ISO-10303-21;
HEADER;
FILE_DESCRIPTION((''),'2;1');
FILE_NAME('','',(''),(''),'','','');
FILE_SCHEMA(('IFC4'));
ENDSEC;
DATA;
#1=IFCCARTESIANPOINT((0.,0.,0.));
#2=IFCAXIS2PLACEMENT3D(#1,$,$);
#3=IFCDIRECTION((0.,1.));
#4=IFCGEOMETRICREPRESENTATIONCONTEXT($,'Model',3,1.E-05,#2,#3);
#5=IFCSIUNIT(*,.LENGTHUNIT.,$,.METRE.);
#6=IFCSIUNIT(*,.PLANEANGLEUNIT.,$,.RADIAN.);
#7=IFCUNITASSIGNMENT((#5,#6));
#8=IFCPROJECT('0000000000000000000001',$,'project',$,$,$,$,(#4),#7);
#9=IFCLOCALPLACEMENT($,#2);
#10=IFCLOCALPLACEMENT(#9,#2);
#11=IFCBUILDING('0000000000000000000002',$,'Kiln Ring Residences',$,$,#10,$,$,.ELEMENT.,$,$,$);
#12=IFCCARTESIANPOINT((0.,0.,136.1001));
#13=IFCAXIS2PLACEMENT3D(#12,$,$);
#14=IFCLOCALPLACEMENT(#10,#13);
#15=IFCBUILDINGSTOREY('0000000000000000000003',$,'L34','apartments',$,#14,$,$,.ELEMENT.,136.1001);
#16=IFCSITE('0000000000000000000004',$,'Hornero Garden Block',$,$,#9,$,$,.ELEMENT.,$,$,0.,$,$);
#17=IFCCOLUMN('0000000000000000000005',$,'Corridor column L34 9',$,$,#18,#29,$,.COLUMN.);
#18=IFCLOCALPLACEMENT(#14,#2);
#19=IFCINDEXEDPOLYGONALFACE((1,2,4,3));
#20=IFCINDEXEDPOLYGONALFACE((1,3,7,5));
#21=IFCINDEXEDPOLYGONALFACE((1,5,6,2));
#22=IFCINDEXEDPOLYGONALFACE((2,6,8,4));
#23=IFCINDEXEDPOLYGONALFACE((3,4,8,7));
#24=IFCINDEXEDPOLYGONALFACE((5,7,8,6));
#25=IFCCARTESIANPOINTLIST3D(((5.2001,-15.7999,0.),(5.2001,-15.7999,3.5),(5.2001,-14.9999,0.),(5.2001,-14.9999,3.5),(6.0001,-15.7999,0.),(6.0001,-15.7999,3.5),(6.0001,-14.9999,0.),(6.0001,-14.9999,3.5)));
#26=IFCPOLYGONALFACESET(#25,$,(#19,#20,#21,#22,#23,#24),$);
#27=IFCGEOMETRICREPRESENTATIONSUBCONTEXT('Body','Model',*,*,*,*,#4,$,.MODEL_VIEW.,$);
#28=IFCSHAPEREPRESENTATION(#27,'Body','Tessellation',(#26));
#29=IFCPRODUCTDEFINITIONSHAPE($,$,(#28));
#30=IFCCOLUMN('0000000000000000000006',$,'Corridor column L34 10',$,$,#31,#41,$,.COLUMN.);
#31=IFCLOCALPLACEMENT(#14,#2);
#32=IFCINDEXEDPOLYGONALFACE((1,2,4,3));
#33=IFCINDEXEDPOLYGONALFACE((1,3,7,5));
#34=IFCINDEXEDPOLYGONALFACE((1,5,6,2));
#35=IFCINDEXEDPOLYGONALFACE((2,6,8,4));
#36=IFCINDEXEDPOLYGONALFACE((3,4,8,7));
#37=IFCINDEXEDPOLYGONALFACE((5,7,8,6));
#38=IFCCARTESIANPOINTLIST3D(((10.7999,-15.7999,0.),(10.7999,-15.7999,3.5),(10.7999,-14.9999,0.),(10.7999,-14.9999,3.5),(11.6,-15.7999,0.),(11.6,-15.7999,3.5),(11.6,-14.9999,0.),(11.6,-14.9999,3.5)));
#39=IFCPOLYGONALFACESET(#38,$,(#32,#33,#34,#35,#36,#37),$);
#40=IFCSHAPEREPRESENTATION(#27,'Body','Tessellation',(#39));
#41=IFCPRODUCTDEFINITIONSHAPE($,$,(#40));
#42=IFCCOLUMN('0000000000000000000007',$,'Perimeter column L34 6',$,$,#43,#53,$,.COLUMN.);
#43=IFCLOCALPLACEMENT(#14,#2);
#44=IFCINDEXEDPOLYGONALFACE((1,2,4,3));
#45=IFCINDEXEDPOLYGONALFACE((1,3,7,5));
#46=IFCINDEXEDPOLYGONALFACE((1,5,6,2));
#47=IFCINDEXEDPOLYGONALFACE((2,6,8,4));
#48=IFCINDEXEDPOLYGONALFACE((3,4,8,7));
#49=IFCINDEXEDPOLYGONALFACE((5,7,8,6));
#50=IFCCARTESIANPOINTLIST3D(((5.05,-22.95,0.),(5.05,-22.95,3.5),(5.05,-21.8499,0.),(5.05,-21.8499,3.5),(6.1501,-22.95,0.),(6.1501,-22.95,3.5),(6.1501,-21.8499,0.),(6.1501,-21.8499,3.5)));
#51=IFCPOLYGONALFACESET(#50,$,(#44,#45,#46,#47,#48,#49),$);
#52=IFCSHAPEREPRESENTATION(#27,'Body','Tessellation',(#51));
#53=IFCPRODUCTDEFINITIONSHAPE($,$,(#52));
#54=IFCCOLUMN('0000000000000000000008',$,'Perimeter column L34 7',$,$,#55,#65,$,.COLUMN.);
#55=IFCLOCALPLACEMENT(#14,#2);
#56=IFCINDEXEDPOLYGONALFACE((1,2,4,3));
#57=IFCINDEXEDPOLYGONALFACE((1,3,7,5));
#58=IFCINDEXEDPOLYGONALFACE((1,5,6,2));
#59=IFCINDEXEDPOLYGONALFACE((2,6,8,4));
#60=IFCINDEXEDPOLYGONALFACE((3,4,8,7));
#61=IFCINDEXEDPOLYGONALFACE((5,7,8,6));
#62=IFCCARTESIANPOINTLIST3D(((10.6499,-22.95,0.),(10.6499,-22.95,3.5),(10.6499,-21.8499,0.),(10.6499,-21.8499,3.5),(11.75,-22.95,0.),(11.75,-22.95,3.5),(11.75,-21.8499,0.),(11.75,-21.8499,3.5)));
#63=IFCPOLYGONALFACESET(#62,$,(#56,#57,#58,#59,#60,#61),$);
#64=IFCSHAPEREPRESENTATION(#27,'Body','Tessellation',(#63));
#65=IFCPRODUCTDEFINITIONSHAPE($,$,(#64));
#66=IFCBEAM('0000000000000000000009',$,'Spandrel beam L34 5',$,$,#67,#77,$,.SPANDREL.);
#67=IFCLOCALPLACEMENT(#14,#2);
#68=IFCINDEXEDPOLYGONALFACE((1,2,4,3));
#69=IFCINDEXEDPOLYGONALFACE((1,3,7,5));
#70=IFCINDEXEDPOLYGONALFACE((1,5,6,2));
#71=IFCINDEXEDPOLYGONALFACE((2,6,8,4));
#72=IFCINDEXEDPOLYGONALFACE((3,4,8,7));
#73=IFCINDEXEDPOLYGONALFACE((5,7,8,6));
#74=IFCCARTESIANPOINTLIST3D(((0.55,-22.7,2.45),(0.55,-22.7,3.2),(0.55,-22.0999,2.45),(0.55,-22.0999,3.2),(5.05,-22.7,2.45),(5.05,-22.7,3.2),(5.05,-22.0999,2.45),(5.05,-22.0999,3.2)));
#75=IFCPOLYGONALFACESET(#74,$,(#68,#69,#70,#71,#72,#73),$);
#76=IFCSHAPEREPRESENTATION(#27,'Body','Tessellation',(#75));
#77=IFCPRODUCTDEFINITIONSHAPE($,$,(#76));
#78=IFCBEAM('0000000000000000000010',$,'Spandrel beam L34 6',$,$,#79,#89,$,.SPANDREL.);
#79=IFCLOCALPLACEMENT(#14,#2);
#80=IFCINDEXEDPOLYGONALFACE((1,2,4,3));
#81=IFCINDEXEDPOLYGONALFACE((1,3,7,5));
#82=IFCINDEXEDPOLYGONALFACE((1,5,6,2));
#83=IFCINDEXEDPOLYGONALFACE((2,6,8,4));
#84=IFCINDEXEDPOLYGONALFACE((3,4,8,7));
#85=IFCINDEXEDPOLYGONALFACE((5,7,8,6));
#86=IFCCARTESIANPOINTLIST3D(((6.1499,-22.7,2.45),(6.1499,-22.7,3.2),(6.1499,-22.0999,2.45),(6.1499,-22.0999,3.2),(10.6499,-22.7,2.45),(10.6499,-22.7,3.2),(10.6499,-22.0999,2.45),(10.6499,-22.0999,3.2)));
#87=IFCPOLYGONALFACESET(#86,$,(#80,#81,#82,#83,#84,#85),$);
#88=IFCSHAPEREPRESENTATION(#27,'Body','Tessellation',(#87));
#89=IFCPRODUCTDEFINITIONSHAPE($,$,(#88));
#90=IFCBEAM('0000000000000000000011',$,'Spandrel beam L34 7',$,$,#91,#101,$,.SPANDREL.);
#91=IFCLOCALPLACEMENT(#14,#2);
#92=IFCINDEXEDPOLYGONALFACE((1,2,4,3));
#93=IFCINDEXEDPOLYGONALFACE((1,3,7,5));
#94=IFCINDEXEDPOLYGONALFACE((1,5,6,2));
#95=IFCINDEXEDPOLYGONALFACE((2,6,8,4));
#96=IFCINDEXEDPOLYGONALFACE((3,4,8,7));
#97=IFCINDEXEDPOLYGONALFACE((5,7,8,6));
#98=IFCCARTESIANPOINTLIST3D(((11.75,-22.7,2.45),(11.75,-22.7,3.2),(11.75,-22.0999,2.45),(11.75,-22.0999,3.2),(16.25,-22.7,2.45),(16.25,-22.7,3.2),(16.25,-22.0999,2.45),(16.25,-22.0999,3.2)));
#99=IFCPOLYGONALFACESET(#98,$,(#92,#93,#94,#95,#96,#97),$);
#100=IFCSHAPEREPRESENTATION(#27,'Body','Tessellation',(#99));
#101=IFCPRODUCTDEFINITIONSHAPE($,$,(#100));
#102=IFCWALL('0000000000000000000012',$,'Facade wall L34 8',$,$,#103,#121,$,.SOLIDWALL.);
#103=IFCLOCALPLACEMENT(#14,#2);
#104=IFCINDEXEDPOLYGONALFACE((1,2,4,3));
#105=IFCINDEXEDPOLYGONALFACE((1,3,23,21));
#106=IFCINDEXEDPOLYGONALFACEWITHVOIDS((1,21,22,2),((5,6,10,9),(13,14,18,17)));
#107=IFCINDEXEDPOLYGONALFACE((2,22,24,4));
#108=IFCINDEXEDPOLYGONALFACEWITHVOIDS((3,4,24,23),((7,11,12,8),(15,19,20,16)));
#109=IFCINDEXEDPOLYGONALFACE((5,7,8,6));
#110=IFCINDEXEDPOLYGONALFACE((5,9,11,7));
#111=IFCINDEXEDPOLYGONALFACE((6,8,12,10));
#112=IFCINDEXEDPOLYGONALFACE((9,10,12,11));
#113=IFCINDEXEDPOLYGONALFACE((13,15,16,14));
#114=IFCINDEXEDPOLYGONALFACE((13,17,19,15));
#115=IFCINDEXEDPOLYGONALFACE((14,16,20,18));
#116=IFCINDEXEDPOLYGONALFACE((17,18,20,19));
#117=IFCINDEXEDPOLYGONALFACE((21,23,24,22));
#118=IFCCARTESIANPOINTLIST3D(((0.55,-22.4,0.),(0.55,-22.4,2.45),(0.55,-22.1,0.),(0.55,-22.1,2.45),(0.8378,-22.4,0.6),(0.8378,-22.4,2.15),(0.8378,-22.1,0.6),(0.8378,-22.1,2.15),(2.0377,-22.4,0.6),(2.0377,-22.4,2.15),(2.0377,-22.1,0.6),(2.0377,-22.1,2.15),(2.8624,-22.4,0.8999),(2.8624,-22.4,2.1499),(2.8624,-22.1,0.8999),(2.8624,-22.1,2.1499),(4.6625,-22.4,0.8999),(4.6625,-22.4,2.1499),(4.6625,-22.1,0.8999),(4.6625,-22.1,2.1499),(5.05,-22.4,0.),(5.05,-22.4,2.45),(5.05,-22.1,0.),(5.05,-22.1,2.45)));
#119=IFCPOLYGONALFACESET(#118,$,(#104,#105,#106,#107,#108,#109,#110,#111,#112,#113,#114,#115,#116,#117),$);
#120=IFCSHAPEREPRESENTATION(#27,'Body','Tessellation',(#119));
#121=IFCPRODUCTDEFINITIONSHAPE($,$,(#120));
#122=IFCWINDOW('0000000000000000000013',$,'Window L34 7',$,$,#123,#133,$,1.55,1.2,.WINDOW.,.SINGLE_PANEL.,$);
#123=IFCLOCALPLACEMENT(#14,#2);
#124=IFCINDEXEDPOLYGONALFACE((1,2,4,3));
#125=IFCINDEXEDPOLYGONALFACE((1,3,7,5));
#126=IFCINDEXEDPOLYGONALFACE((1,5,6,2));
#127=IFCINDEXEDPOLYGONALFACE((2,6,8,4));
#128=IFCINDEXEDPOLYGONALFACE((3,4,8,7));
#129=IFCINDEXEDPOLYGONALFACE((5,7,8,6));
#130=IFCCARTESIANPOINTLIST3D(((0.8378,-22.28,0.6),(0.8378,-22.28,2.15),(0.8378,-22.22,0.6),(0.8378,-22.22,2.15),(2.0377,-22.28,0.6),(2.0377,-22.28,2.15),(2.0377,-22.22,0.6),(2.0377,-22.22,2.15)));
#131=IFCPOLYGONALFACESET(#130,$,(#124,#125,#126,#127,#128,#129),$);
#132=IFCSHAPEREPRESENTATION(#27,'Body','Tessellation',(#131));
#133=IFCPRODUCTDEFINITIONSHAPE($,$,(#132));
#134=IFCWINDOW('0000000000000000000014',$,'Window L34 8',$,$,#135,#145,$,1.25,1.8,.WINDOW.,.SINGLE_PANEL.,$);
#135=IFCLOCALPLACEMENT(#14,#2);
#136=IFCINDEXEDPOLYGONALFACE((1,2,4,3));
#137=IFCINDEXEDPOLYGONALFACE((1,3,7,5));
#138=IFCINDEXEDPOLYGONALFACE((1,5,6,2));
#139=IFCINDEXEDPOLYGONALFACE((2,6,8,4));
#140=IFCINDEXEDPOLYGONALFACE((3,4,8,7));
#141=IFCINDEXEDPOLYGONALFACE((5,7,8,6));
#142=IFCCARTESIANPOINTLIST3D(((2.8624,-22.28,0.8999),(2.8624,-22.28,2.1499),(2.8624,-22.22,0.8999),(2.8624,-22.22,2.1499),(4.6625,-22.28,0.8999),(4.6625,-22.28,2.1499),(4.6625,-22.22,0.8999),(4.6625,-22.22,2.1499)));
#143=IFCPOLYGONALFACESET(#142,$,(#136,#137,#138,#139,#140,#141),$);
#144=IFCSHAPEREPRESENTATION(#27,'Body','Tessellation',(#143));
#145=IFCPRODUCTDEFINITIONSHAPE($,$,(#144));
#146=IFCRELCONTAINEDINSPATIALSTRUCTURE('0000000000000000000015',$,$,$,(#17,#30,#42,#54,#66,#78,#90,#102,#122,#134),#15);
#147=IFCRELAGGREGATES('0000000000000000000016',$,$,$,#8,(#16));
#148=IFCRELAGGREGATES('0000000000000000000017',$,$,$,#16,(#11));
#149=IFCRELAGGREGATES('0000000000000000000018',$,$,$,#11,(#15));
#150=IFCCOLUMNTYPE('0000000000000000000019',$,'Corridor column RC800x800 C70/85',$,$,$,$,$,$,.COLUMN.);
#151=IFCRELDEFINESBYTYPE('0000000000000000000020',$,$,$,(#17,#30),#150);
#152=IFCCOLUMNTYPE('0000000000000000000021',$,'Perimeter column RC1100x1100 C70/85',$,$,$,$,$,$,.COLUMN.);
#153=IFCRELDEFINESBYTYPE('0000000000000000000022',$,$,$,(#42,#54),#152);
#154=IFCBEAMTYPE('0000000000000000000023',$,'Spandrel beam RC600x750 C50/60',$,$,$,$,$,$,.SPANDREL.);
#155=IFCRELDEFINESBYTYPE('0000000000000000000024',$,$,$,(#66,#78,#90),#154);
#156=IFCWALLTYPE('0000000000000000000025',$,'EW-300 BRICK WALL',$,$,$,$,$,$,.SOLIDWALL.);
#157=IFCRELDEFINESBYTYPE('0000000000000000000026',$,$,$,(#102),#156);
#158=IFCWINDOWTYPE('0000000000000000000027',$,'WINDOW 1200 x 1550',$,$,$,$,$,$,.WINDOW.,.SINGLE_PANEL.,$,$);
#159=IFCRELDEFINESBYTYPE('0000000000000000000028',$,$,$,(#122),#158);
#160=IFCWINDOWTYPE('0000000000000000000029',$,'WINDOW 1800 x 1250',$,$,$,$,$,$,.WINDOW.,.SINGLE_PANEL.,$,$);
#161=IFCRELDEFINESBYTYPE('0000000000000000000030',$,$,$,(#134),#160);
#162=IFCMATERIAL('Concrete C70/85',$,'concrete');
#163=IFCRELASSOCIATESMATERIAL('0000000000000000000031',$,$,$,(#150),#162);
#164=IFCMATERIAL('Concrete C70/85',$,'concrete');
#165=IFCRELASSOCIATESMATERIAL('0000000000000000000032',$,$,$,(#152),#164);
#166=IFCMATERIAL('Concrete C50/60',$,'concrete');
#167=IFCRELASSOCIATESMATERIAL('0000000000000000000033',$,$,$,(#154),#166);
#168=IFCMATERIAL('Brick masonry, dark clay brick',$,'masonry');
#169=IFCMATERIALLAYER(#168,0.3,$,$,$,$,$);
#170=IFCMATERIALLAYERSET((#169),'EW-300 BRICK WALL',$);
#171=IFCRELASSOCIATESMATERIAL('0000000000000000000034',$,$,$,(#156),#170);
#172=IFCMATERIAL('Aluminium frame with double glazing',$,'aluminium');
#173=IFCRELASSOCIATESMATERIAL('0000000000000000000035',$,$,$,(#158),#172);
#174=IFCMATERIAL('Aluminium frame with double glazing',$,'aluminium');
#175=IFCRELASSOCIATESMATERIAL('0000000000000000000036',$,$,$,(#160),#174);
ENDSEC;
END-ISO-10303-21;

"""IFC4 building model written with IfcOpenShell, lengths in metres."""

from ifc_helpers import new_model, si_unit, direction, frame, frame_2d, origin, origin_2d, place, context, subcontext, project, spatial, rectangle, extrude, material, layer, layer_set, material_profile, profile_set, type_object, element, fill, save


model = new_model("IFC4")

# Units and contexts
model_context = context("Model", 3, precision=1e-05, world=origin(), true_north=direction((0.0, 1.0)))
body_context = subcontext(model_context, "Body", "Model", "MODEL_VIEW")
ifc_project = project(units=[si_unit("LENGTHUNIT", "METRE"), si_unit("PLANEANGLEUNIT", "RADIAN")], contexts=[model_context])

# Site, building, storey
site_placement = place(None, origin())
site = spatial("IfcSite", under=ifc_project, at=site_placement, Name="Hornero Garden Block", CompositionType="ELEMENT", RefElevation=0.0)
building_placement = place(site_placement, origin())
building = spatial("IfcBuilding", under=site, at=building_placement, Name="Kiln Ring Residences", CompositionType="ELEMENT")
storey_placement = place(building_placement, frame((0.0, 0.0, 136.1001)))
storey = spatial("IfcBuildingStorey", under=building, at=storey_placement, Name="L34", Description="apartments", CompositionType="ELEMENT", Elevation=136.1001)

# Columns
ifc_material_1 = material(Name="Concrete C70/85", Category="concrete")
ifc_material_profile_1 = material_profile(ifc_material_1, rectangle(XDim=0.8, YDim=0.8, at=origin_2d()), Name="RC800x800")
ifc_profile_set_1 = profile_set([ifc_material_profile_1], Name="Concrete C70/85")
column_type_1 = type_object("IfcColumnType", Name="Corridor column RC800x800 C70/85", PredefinedType="COLUMN", material=ifc_profile_set_1)
for number, where, z_axis, x_axis, name in (
    (1, (5.6001, -15.3999, 0.0), (0.0, 0.0, 1.0), (1.0, 0.0, 0.0), "Corridor column L34 9"),
    (2, (11.2, -15.3999, 0.0), (0.0, 0.0, 1.0), (1.0, 0.0, 0.0), "Corridor column L34 10"),
):
    element("IfcColumn", number, at=place(storey_placement, frame(where, z_axis=z_axis, x_axis=x_axis)), inside=storey, type_object=column_type_1, Name=name, PredefinedType="COLUMN", context=body_context, shape_type="SweptSolid", body=[
        extrude(rectangle(XDim=0.8, YDim=0.8, at=origin_2d()), origin(), (0.0, 0.0, 1.0), 3.5),
    ])
ifc_material_2 = material(Name="Concrete C70/85", Category="concrete")
ifc_material_profile_2 = material_profile(ifc_material_2, rectangle(XDim=1.1001, YDim=1.1001, at=origin_2d()), Name="RC1100x1100")
ifc_profile_set_2 = profile_set([ifc_material_profile_2], Name="Concrete C70/85")
column_type_2 = type_object("IfcColumnType", Name="Perimeter column RC1100x1100 C70/85", PredefinedType="COLUMN", material=ifc_profile_set_2)
for number, where, z_axis, x_axis, name in (
    (3, (5.6001, -22.3999, 0.0), (0.0, 0.0, 1.0), (1.0, 0.0, 0.0), "Perimeter column L34 6"),
    (4, (11.2, -22.3999, 0.0), (0.0, 0.0, 1.0), (1.0, 0.0, 0.0), "Perimeter column L34 7"),
):
    element("IfcColumn", number, at=place(storey_placement, frame(where, z_axis=z_axis, x_axis=x_axis)), inside=storey, type_object=column_type_2, Name=name, PredefinedType="COLUMN", context=body_context, shape_type="SweptSolid", body=[
        extrude(rectangle(XDim=1.1001, YDim=1.1001, at=origin_2d()), origin(), (0.0, 0.0, 1.0), 3.5),
    ])

# Beams
ifc_material_3 = material(Name="Concrete C50/60", Category="concrete")
ifc_material_profile_3 = material_profile(ifc_material_3, rectangle(XDim=0.6001, YDim=0.75, at=origin_2d()), Name="RC600x750")
ifc_profile_set_3 = profile_set([ifc_material_profile_3], Name="Concrete C50/60")
beam_type = type_object("IfcBeamType", Name="Spandrel beam RC600x750 C50/60", PredefinedType="SPANDREL", material=ifc_profile_set_3)
for number, where, z_axis, x_axis, name in (
    (5, (0.55, -22.3999, 2.825), (1.0, 0.0, 0.0), (0.0, 1.0, 0.0), "Spandrel beam L34 5"),
    (6, (6.1499, -22.3999, 2.825), (1.0, 0.0, 0.0), (0.0, 1.0, 0.0), "Spandrel beam L34 6"),
    (7, (11.75, -22.3999, 2.825), (1.0, 0.0, 0.0), (0.0, 1.0, 0.0), "Spandrel beam L34 7"),
):
    element("IfcBeam", number, at=place(storey_placement, frame(where, z_axis=z_axis, x_axis=x_axis)), inside=storey, type_object=beam_type, Name=name, PredefinedType="SPANDREL", context=body_context, shape_type="SweptSolid", body=[
        extrude(rectangle(XDim=0.6001, YDim=0.75, at=origin_2d()), origin(), (0.0, 0.0, 1.0), 4.5),
    ])

# Wall, openings, windows
ifc_material_4 = material(Name="Brick masonry, dark clay brick", Category="masonry")
ifc_layer_1 = layer(ifc_material_4, 0.3)
ifc_layer_set_1 = layer_set([ifc_layer_1], Name="EW-300 BRICK WALL")
wall_type_1 = type_object("IfcWallType", Name="EW-300 BRICK WALL", PredefinedType="SOLIDWALL", material=ifc_layer_set_1)
wall_1_placement = place(storey_placement, frame((0.55, -22.25, 0.0), z_axis=(0.0, 0.0, 1.0), x_axis=(1.0, 0.0, 0.0)))
wall_1 = element("IfcWall", 8, at=wall_1_placement, inside=storey, type_object=wall_type_1, Name="Facade wall L34 8", PredefinedType="SOLIDWALL", context=body_context, shape_type="SweptSolid", body=[
    extrude(rectangle(XDim=4.5, YDim=0.3, at=frame_2d((2.25, 0.0))), origin(), (0.0, 0.0, 1.0), 2.45),
])
opening_1_placement = place(wall_1_placement, frame((0.2876, 0.0, 0.6001)))
opening_1 = element("IfcOpeningElement", 9, at=opening_1_placement, cuts=wall_1, PredefinedType="OPENING", context=body_context, shape_type="SweptSolid", body=[
    extrude(rectangle(XDim=1.2, YDim=1.55, at=frame_2d((0.6001, 0.7749))), frame((0.0, 0.1599, 0.0), z_axis=(0.0, -1.0, 0.0), x_axis=(1.0, 0.0, 0.0)), (0.0, 0.0, 1.0), 0.3201),
])
opening_2_placement = place(wall_1_placement, frame((2.3125, 0.0, 0.8999)))
opening_2 = element("IfcOpeningElement", 10, at=opening_2_placement, cuts=wall_1, PredefinedType="OPENING", context=body_context, shape_type="SweptSolid", body=[
    extrude(rectangle(XDim=1.8, YDim=1.25, at=frame_2d((0.8999, 0.625))), frame((0.0, 0.1599, 0.0), z_axis=(0.0, -1.0, 0.0), x_axis=(1.0, 0.0, 0.0)), (0.0, 0.0, 1.0), 0.3201),
])
ifc_material_5 = material(Name="Aluminium frame with double glazing", Category="aluminium")
window_type_1 = type_object("IfcWindowType", Name="WINDOW 1200 x 1550", PartitioningType="SINGLE_PANEL", PredefinedType="WINDOW", material=ifc_material_5)
window_1_placement = place(opening_1_placement, origin())
window_1 = element("IfcWindow", 11, at=window_1_placement, inside=storey, type_object=window_type_1, Name="Window L34 7", OverallHeight=1.55, OverallWidth=1.2, PartitioningType="SINGLE_PANEL", PredefinedType="WINDOW", context=body_context, shape_type="SweptSolid", body=[
    extrude(rectangle(XDim=1.2, YDim=1.55, at=frame_2d((0.6001, 0.7749))), frame((0.0, 0.03, 0.0), z_axis=(0.0, -1.0, 0.0), x_axis=(1.0, 0.0, 0.0)), (0.0, 0.0, 1.0), 0.0601),
])
fill(opening_1, window_1)
ifc_material_6 = material(Name="Aluminium frame with double glazing", Category="aluminium")
window_type_2 = type_object("IfcWindowType", Name="WINDOW 1800 x 1250", PartitioningType="SINGLE_PANEL", PredefinedType="WINDOW", material=ifc_material_6)
window_2_placement = place(opening_2_placement, origin())
window_2 = element("IfcWindow", 12, at=window_2_placement, inside=storey, type_object=window_type_2, Name="Window L34 8", OverallHeight=1.25, OverallWidth=1.8, PartitioningType="SINGLE_PANEL", PredefinedType="WINDOW", context=body_context, shape_type="SweptSolid", body=[
    extrude(rectangle(XDim=1.8, YDim=1.25, at=frame_2d((0.8999, 0.625))), frame((0.0, 0.03, 0.0), z_axis=(0.0, -1.0, 0.0), x_axis=(1.0, 0.0, 0.0)), (0.0, 0.0, 1.0), 0.0601),
])
fill(opening_2, window_2)

save(model, "model.ifc")
